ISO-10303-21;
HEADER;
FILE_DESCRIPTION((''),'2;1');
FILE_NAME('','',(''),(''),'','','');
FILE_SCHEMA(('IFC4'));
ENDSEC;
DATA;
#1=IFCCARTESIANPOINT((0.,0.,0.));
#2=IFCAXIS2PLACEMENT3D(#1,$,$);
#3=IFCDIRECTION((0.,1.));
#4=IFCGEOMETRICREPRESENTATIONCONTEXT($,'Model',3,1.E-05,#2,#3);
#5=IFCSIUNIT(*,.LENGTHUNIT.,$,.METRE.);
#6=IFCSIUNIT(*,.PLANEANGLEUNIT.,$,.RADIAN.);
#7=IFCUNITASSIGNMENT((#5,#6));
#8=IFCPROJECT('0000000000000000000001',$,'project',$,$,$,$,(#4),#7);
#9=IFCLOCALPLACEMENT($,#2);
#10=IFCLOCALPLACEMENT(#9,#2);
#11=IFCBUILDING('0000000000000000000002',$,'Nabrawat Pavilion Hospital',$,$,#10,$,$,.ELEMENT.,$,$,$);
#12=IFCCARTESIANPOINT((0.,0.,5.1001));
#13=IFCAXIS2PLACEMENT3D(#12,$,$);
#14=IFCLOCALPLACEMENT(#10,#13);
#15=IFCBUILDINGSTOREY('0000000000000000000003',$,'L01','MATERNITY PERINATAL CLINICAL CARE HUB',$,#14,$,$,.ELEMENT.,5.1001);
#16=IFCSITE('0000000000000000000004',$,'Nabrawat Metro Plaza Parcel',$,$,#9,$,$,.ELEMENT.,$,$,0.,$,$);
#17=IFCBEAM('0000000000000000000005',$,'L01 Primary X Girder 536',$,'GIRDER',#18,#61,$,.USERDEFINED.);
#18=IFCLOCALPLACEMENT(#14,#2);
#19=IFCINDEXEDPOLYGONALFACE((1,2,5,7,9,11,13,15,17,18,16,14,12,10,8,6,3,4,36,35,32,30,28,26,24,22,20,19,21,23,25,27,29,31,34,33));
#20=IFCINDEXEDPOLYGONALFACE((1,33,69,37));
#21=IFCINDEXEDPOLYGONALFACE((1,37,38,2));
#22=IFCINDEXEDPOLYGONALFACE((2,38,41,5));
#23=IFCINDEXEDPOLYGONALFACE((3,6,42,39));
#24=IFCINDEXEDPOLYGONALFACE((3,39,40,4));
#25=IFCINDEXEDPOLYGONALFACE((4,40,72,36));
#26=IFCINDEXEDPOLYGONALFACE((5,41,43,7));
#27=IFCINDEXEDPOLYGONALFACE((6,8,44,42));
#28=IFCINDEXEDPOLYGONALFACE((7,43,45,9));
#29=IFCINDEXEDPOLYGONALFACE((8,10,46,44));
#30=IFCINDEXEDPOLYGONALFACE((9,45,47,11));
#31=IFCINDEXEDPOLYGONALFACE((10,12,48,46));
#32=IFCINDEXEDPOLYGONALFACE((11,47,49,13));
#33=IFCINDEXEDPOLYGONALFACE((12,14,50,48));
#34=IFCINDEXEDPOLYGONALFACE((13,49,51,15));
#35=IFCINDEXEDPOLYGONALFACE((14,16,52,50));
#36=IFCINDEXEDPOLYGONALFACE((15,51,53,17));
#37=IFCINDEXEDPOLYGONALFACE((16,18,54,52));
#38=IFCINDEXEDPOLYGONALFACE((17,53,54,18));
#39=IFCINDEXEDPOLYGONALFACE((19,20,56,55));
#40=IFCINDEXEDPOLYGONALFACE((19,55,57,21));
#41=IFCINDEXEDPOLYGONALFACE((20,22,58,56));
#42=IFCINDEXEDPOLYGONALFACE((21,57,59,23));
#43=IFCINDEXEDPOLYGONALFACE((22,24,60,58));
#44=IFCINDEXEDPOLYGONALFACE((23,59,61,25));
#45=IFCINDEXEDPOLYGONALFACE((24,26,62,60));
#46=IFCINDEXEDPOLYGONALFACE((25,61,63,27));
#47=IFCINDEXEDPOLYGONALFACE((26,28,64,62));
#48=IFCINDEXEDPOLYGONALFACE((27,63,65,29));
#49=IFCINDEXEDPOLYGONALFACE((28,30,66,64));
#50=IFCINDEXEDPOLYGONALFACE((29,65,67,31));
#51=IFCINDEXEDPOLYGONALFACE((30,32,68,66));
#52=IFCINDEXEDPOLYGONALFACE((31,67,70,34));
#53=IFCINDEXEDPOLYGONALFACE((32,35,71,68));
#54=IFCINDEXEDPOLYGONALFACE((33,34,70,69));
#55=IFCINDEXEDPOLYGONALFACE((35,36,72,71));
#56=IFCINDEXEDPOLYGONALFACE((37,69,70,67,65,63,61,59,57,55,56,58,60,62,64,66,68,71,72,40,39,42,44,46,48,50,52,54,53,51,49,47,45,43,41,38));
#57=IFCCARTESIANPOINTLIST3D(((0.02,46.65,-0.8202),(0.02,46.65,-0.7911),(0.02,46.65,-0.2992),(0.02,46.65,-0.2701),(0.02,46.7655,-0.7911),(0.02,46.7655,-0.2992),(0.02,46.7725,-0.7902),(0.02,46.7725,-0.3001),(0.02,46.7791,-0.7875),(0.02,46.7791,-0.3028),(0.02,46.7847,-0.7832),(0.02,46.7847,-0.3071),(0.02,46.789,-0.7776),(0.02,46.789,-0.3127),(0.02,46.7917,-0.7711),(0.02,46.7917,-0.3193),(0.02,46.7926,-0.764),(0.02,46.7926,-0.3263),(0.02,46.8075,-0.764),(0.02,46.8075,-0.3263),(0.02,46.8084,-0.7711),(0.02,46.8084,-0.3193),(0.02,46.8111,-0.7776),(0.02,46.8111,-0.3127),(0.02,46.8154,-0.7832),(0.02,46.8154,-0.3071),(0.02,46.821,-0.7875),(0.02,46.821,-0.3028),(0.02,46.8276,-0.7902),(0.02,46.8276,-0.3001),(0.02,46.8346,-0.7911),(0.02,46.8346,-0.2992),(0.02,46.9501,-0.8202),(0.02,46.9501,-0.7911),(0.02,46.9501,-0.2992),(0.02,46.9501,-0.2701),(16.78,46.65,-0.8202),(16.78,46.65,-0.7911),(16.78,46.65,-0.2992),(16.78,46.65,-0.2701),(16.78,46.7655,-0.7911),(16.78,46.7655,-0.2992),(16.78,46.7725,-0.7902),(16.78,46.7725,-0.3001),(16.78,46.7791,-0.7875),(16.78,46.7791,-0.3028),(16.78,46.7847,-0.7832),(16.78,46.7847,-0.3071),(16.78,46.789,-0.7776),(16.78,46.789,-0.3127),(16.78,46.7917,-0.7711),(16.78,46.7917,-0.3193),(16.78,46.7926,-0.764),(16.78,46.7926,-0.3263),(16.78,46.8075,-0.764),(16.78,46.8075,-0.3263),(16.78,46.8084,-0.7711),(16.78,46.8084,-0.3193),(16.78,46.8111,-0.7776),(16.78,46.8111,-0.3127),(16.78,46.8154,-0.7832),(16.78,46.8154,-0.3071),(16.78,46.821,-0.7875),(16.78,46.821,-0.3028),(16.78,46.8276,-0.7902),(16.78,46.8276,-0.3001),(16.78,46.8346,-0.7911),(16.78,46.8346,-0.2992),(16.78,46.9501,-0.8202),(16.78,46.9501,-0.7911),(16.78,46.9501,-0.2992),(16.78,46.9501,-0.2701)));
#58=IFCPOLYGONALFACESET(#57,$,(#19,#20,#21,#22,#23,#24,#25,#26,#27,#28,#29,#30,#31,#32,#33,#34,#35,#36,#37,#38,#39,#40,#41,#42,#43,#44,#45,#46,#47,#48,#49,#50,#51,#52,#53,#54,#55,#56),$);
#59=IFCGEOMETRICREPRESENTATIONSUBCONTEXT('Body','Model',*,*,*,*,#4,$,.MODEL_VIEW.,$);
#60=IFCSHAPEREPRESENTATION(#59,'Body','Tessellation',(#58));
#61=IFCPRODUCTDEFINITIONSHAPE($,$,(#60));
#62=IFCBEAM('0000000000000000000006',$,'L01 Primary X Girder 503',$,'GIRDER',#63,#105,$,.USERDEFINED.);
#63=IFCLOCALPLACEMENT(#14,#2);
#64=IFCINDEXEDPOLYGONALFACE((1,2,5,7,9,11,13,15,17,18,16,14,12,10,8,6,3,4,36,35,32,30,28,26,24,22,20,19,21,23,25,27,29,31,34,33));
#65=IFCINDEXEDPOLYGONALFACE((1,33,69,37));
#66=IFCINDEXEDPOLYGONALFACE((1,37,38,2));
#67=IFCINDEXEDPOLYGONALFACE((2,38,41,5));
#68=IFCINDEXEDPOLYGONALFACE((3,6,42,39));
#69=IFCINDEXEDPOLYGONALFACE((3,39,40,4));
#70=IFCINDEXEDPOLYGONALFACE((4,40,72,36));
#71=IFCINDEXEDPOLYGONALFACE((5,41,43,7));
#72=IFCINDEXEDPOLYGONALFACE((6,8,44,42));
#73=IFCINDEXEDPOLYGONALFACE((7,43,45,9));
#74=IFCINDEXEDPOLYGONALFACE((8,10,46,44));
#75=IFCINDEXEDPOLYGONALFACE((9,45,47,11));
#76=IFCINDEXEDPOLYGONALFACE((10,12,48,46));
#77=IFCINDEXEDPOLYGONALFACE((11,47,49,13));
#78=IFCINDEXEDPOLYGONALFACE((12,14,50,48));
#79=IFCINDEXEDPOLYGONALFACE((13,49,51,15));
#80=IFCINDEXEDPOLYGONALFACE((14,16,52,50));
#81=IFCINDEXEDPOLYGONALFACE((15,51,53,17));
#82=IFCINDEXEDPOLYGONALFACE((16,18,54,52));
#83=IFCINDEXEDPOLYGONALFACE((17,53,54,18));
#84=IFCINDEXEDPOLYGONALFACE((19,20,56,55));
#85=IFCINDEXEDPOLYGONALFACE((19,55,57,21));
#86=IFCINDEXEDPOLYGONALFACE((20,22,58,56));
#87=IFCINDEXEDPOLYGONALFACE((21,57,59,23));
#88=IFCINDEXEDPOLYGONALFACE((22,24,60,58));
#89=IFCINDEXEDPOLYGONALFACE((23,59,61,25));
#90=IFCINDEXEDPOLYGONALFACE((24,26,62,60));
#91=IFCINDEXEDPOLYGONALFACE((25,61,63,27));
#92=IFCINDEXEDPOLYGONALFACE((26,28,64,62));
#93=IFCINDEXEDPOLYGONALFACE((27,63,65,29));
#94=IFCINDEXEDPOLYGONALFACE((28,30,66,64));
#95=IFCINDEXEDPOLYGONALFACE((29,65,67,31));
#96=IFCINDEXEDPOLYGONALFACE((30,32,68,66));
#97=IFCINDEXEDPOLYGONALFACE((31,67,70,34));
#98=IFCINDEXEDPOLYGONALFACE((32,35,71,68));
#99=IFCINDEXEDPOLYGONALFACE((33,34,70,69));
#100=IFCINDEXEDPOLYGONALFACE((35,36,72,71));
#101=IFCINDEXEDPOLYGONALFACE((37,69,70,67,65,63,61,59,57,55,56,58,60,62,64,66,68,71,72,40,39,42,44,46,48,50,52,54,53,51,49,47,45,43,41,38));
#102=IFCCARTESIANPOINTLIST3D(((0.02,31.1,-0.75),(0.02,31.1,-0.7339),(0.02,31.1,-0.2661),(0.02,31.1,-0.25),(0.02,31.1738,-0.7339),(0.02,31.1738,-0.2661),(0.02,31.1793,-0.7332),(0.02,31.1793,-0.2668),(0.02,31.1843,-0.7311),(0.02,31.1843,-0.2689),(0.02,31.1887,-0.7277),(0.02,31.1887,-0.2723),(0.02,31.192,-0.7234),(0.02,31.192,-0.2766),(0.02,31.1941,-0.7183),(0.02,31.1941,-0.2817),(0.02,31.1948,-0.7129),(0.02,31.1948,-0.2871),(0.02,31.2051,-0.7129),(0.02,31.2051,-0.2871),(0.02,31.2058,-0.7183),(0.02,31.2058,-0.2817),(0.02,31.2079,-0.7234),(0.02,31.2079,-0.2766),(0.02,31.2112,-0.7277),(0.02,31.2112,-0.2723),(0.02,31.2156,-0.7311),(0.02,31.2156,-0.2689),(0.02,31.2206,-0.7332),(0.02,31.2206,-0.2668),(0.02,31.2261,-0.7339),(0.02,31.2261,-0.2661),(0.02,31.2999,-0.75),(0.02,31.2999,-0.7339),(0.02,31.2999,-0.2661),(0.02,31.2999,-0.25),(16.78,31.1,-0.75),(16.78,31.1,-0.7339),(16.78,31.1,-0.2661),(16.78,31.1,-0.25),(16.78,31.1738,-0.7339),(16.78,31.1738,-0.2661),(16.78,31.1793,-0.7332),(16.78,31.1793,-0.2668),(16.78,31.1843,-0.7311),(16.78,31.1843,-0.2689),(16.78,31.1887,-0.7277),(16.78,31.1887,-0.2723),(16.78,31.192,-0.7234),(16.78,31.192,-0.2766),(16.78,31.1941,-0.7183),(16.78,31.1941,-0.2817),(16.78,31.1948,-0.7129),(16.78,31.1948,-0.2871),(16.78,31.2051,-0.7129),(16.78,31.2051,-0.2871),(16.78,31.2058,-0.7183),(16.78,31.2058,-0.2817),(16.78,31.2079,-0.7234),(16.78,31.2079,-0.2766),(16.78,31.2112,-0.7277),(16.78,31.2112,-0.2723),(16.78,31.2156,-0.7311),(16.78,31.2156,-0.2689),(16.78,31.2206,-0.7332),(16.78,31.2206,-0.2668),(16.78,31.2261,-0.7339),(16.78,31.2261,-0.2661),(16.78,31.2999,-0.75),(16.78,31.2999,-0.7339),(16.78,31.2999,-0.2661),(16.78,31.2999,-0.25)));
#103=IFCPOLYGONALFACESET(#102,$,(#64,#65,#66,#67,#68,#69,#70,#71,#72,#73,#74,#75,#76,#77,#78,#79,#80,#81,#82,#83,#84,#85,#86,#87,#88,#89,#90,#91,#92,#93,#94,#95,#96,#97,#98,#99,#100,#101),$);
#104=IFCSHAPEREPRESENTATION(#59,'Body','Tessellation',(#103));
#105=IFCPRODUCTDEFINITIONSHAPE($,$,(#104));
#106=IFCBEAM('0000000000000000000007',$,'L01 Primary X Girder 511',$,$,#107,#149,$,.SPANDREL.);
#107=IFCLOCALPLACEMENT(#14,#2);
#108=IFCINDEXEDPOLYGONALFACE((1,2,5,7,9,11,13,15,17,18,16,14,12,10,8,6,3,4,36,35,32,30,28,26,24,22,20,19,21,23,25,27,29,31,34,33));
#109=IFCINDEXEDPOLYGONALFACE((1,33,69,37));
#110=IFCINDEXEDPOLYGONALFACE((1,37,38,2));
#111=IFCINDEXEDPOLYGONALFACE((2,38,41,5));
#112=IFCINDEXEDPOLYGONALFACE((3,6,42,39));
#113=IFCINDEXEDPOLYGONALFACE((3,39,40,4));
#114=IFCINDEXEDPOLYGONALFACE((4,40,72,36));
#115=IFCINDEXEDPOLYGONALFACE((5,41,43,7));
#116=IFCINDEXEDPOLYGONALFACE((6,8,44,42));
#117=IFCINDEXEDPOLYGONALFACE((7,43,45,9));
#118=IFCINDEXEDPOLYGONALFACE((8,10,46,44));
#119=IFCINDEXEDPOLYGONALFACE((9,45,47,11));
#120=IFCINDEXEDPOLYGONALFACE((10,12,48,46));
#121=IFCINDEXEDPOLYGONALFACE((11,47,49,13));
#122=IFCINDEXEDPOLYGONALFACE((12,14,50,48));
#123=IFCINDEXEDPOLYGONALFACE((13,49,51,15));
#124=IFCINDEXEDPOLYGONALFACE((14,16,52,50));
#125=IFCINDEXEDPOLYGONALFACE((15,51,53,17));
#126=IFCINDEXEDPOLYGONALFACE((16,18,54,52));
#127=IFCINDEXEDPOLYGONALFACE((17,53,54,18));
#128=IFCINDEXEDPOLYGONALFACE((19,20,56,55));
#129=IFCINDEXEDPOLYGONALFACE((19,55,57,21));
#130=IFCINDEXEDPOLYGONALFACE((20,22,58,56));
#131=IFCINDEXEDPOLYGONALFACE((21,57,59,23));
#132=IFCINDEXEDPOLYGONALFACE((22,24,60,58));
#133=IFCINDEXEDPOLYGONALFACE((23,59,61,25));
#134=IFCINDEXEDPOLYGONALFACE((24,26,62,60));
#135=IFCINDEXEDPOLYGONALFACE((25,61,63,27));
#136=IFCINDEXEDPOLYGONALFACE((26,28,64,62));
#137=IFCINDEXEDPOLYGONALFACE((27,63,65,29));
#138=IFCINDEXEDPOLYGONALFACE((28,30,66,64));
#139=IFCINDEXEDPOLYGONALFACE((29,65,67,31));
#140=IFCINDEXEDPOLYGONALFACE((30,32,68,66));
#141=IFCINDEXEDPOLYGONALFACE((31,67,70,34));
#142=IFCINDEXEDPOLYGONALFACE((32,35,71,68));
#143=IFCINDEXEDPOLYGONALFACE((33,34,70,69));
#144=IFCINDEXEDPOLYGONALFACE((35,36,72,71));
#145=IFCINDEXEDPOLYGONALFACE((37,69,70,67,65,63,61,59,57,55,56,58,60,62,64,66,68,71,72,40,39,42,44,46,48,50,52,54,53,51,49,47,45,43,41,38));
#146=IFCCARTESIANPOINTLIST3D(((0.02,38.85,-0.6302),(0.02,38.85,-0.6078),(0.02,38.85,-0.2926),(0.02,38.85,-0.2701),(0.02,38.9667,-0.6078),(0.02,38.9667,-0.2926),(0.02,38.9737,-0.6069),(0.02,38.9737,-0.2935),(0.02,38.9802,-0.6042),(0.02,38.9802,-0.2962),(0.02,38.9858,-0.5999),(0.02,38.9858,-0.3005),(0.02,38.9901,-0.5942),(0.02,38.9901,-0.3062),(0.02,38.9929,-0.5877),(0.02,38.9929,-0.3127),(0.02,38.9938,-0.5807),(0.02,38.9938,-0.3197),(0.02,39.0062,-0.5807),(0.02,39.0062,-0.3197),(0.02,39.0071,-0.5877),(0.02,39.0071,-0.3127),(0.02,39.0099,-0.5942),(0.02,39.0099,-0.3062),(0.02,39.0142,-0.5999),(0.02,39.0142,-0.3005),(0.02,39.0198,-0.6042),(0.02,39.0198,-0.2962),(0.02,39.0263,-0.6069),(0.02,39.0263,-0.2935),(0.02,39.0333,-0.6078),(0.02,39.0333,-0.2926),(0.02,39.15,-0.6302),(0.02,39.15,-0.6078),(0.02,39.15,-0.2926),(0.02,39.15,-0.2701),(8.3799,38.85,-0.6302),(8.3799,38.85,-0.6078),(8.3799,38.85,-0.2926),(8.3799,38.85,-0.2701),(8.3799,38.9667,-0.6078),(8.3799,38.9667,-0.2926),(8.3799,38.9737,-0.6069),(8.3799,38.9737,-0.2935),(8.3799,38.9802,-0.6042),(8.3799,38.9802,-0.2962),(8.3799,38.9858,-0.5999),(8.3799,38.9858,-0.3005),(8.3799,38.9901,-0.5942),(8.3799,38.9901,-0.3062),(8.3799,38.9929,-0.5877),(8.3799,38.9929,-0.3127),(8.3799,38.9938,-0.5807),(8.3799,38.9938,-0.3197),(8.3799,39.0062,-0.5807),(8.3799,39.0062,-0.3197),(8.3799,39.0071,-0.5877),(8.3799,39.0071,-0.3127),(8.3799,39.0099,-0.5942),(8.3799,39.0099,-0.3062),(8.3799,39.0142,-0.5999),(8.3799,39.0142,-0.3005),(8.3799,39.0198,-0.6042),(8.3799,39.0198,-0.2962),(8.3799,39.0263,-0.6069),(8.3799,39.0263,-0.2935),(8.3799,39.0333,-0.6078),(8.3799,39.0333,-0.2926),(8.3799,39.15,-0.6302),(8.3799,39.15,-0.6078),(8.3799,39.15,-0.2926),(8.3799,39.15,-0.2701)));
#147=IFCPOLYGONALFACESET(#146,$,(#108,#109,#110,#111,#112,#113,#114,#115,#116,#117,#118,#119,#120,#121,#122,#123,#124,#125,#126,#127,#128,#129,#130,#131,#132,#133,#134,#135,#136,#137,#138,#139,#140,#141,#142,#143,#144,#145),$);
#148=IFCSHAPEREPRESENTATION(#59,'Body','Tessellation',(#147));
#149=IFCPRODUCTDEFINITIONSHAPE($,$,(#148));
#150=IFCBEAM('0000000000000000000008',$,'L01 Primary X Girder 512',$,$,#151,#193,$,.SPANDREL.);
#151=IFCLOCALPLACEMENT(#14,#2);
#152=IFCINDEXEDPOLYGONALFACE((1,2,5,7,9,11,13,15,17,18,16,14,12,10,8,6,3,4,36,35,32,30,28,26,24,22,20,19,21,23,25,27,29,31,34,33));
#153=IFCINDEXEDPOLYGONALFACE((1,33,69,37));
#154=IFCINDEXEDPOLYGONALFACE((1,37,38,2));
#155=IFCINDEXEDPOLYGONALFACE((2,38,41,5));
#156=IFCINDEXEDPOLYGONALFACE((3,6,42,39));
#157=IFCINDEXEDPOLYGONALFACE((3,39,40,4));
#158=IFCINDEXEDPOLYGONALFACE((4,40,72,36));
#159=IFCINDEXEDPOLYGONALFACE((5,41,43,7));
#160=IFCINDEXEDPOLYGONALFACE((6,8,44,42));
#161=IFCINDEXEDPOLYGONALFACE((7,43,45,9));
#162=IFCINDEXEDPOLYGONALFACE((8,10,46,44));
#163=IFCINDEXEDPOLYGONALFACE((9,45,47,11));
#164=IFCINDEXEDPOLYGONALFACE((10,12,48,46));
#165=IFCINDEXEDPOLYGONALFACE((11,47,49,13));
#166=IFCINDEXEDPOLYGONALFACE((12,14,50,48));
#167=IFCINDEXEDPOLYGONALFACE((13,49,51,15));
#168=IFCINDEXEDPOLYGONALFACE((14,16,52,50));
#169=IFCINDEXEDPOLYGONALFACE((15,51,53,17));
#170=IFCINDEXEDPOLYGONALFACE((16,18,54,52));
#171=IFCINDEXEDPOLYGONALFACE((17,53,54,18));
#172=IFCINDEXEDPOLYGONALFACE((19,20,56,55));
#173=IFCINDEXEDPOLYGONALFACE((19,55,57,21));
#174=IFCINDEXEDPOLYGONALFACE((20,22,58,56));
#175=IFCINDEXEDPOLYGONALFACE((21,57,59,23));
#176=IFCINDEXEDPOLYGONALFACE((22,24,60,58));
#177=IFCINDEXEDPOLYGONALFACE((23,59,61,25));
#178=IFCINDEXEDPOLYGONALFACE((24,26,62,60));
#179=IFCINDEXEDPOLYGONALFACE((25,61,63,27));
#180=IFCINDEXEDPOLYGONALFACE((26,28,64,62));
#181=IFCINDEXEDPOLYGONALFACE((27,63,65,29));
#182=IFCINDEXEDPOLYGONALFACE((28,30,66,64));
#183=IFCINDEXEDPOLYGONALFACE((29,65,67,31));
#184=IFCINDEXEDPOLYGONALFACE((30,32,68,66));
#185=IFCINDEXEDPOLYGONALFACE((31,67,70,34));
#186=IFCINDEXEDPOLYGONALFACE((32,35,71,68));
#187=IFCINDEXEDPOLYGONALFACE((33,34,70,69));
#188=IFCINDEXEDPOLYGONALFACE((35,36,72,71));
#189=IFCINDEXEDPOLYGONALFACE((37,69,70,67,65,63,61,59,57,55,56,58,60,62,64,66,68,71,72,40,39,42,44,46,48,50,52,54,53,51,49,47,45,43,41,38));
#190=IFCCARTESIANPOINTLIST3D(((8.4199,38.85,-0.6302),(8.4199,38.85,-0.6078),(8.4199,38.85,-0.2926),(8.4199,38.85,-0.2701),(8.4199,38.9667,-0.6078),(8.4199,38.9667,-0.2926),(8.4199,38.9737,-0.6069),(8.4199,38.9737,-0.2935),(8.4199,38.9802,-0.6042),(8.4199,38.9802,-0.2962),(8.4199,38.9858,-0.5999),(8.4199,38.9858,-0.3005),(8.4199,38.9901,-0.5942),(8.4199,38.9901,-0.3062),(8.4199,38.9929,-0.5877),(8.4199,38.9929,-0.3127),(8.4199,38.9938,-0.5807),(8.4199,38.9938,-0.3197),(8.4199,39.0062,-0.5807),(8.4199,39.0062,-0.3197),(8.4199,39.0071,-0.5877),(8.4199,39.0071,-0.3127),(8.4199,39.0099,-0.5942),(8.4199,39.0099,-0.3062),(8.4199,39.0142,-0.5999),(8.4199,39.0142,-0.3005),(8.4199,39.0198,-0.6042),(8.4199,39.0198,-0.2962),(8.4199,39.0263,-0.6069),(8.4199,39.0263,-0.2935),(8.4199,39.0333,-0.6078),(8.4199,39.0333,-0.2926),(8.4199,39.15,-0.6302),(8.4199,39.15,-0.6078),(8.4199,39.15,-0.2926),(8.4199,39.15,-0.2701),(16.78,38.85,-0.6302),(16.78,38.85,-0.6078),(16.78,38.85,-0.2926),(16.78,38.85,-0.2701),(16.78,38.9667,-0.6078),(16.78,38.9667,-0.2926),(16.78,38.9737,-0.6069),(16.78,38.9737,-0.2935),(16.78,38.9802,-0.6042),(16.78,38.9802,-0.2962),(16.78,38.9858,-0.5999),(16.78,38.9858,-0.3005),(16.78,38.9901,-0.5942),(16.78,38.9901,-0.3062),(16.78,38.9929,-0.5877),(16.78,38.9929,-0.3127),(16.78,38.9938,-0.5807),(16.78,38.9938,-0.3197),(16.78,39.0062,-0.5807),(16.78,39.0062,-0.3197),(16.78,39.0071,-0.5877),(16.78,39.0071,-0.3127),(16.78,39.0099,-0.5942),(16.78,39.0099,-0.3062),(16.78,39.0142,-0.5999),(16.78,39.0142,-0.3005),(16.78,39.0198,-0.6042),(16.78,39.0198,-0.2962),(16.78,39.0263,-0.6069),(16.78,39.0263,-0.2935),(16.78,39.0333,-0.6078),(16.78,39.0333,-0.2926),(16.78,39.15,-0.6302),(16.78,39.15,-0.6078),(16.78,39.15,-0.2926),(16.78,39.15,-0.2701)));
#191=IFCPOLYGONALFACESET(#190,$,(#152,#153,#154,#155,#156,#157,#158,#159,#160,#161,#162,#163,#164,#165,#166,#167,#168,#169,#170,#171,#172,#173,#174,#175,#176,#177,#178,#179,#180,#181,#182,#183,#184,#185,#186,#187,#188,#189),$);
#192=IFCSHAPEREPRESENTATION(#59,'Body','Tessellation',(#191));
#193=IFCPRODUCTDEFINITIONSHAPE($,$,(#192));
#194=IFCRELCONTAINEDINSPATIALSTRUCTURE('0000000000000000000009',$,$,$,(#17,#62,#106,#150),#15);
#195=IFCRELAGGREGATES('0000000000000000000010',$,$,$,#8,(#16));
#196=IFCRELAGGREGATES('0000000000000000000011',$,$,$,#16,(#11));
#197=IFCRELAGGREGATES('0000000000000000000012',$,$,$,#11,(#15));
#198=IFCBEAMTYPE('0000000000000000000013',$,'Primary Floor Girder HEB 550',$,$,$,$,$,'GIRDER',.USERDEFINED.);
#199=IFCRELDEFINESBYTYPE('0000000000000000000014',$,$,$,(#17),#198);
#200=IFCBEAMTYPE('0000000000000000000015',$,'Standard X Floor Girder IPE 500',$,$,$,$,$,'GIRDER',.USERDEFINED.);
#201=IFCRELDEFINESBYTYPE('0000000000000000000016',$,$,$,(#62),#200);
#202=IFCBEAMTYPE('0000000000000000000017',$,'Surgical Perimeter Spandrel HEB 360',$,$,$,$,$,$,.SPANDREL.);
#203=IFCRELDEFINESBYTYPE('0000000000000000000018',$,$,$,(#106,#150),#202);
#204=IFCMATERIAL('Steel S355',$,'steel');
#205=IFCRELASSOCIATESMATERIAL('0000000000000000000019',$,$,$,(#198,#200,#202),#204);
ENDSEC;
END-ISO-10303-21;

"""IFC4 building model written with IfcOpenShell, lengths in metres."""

from ifc_helpers import new_model, si_unit, direction, frame, origin, origin_2d, place, context, subcontext, project, spatial, i_section, extrude, material, material_profile, profile_set, type_object, element, save


model = new_model("IFC4")

# Units and contexts
model_context = context("Model", 3, precision=1e-05, world=origin(), true_north=direction((0.0, 1.0)))
body_context = subcontext(model_context, "Body", "Model", "MODEL_VIEW")
ifc_project = project(units=[si_unit("LENGTHUNIT", "METRE"), si_unit("PLANEANGLEUNIT", "RADIAN")], contexts=[model_context])

# Site, building, storey
site_placement = place(None, origin())
site = spatial("IfcSite", under=ifc_project, at=site_placement, Name="Nabrawat Metro Plaza Parcel", CompositionType="ELEMENT", RefElevation=0.0)
building_placement = place(site_placement, origin())
building = spatial("IfcBuilding", under=site, at=building_placement, Name="Nabrawat Pavilion Hospital", CompositionType="ELEMENT")
storey_placement = place(building_placement, frame((0.0, 0.0, 5.1001)))
storey = spatial("IfcBuildingStorey", under=building, at=storey_placement, Name="L01", Description="MATERNITY PERINATAL CLINICAL CARE HUB", CompositionType="ELEMENT", Elevation=5.1001)

# Shared definitions
ifc_material_1 = material(Name="Steel S355", Category="steel")

# Beams
ifc_material_profile_1 = material_profile(ifc_material_1, i_section(OverallWidth=0.3, OverallDepth=0.55, WebThickness=0.0149, FlangeThickness=0.0291, FilletRadius=0.0271, at=origin_2d()), Name="HEB 550")
ifc_profile_set_1 = profile_set([ifc_material_profile_1], Name="Steel S355")
beam_type_1 = type_object("IfcBeamType", Name="Primary Floor Girder HEB 550", ElementType="GIRDER", PredefinedType="USERDEFINED", material=ifc_profile_set_1)
beam_1_placement = place(storey_placement, frame((0.02, 46.8, -0.5452), z_axis=(1.0, 0.0, 0.0), x_axis=(0.0, 1.0, 0.0)))
element("IfcBeam", 1, at=beam_1_placement, inside=storey, type_object=beam_type_1, Name="L01 Primary X Girder 536", ObjectType="GIRDER", PredefinedType="USERDEFINED", context=body_context, shape_type="SweptSolid", body=[
    extrude(i_section(OverallWidth=0.3, OverallDepth=0.55, WebThickness=0.0149, FlangeThickness=0.0291, FilletRadius=0.0271, at=origin_2d()), origin(), (0.0, 0.0, 1.0), 16.76),
])
ifc_material_profile_2 = material_profile(ifc_material_1, i_section(OverallWidth=0.2, OverallDepth=0.5, WebThickness=0.0103, FlangeThickness=0.0161, FilletRadius=0.021, at=origin_2d()), Name="IPE 500")
ifc_profile_set_2 = profile_set([ifc_material_profile_2], Name="Steel S355")
beam_type_2 = type_object("IfcBeamType", Name="Standard X Floor Girder IPE 500", ElementType="GIRDER", PredefinedType="USERDEFINED", material=ifc_profile_set_2)
beam_2_placement = place(storey_placement, frame((0.02, 31.2, -0.5), z_axis=(1.0, 0.0, 0.0), x_axis=(0.0, 1.0, 0.0)))
element("IfcBeam", 2, at=beam_2_placement, inside=storey, type_object=beam_type_2, Name="L01 Primary X Girder 503", ObjectType="GIRDER", PredefinedType="USERDEFINED", context=body_context, shape_type="SweptSolid", body=[
    extrude(i_section(OverallWidth=0.2, OverallDepth=0.5, WebThickness=0.0103, FlangeThickness=0.0161, FilletRadius=0.021, at=origin_2d()), origin(), (0.0, 0.0, 1.0), 16.76),
])
ifc_material_profile_3 = material_profile(ifc_material_1, i_section(OverallWidth=0.3, OverallDepth=0.3601, WebThickness=0.0125, FlangeThickness=0.0225, FilletRadius=0.0271, at=origin_2d()), Name="HEB 360")
ifc_profile_set_3 = profile_set([ifc_material_profile_3], Name="Steel S355")
beam_type_3 = type_object("IfcBeamType", Name="Surgical Perimeter Spandrel HEB 360", PredefinedType="SPANDREL", material=ifc_profile_set_3)
beam_3_placement = place(storey_placement, frame((0.02, 39.0, -0.4502), z_axis=(1.0, 0.0, 0.0), x_axis=(0.0, 1.0, 0.0)))
element("IfcBeam", 3, at=beam_3_placement, inside=storey, type_object=beam_type_3, Name="L01 Primary X Girder 511", PredefinedType="SPANDREL", context=body_context, shape_type="SweptSolid", body=[
    extrude(i_section(OverallWidth=0.3, OverallDepth=0.3601, WebThickness=0.0125, FlangeThickness=0.0225, FilletRadius=0.0271, at=origin_2d()), origin(), (0.0, 0.0, 1.0), 8.3599),
])
beam_4_placement = place(storey_placement, frame((8.4199, 39.0, -0.4502), z_axis=(1.0, 0.0, 0.0), x_axis=(0.0, 1.0, 0.0)))
element("IfcBeam", 4, at=beam_4_placement, inside=storey, type_object=beam_type_3, Name="L01 Primary X Girder 512", PredefinedType="SPANDREL", context=body_context, shape_type="SweptSolid", body=[
    extrude(i_section(OverallWidth=0.3, OverallDepth=0.3601, WebThickness=0.0125, FlangeThickness=0.0225, FilletRadius=0.0271, at=origin_2d()), origin(), (0.0, 0.0, 1.0), 8.3601),
])

save(model, "model.ifc")
